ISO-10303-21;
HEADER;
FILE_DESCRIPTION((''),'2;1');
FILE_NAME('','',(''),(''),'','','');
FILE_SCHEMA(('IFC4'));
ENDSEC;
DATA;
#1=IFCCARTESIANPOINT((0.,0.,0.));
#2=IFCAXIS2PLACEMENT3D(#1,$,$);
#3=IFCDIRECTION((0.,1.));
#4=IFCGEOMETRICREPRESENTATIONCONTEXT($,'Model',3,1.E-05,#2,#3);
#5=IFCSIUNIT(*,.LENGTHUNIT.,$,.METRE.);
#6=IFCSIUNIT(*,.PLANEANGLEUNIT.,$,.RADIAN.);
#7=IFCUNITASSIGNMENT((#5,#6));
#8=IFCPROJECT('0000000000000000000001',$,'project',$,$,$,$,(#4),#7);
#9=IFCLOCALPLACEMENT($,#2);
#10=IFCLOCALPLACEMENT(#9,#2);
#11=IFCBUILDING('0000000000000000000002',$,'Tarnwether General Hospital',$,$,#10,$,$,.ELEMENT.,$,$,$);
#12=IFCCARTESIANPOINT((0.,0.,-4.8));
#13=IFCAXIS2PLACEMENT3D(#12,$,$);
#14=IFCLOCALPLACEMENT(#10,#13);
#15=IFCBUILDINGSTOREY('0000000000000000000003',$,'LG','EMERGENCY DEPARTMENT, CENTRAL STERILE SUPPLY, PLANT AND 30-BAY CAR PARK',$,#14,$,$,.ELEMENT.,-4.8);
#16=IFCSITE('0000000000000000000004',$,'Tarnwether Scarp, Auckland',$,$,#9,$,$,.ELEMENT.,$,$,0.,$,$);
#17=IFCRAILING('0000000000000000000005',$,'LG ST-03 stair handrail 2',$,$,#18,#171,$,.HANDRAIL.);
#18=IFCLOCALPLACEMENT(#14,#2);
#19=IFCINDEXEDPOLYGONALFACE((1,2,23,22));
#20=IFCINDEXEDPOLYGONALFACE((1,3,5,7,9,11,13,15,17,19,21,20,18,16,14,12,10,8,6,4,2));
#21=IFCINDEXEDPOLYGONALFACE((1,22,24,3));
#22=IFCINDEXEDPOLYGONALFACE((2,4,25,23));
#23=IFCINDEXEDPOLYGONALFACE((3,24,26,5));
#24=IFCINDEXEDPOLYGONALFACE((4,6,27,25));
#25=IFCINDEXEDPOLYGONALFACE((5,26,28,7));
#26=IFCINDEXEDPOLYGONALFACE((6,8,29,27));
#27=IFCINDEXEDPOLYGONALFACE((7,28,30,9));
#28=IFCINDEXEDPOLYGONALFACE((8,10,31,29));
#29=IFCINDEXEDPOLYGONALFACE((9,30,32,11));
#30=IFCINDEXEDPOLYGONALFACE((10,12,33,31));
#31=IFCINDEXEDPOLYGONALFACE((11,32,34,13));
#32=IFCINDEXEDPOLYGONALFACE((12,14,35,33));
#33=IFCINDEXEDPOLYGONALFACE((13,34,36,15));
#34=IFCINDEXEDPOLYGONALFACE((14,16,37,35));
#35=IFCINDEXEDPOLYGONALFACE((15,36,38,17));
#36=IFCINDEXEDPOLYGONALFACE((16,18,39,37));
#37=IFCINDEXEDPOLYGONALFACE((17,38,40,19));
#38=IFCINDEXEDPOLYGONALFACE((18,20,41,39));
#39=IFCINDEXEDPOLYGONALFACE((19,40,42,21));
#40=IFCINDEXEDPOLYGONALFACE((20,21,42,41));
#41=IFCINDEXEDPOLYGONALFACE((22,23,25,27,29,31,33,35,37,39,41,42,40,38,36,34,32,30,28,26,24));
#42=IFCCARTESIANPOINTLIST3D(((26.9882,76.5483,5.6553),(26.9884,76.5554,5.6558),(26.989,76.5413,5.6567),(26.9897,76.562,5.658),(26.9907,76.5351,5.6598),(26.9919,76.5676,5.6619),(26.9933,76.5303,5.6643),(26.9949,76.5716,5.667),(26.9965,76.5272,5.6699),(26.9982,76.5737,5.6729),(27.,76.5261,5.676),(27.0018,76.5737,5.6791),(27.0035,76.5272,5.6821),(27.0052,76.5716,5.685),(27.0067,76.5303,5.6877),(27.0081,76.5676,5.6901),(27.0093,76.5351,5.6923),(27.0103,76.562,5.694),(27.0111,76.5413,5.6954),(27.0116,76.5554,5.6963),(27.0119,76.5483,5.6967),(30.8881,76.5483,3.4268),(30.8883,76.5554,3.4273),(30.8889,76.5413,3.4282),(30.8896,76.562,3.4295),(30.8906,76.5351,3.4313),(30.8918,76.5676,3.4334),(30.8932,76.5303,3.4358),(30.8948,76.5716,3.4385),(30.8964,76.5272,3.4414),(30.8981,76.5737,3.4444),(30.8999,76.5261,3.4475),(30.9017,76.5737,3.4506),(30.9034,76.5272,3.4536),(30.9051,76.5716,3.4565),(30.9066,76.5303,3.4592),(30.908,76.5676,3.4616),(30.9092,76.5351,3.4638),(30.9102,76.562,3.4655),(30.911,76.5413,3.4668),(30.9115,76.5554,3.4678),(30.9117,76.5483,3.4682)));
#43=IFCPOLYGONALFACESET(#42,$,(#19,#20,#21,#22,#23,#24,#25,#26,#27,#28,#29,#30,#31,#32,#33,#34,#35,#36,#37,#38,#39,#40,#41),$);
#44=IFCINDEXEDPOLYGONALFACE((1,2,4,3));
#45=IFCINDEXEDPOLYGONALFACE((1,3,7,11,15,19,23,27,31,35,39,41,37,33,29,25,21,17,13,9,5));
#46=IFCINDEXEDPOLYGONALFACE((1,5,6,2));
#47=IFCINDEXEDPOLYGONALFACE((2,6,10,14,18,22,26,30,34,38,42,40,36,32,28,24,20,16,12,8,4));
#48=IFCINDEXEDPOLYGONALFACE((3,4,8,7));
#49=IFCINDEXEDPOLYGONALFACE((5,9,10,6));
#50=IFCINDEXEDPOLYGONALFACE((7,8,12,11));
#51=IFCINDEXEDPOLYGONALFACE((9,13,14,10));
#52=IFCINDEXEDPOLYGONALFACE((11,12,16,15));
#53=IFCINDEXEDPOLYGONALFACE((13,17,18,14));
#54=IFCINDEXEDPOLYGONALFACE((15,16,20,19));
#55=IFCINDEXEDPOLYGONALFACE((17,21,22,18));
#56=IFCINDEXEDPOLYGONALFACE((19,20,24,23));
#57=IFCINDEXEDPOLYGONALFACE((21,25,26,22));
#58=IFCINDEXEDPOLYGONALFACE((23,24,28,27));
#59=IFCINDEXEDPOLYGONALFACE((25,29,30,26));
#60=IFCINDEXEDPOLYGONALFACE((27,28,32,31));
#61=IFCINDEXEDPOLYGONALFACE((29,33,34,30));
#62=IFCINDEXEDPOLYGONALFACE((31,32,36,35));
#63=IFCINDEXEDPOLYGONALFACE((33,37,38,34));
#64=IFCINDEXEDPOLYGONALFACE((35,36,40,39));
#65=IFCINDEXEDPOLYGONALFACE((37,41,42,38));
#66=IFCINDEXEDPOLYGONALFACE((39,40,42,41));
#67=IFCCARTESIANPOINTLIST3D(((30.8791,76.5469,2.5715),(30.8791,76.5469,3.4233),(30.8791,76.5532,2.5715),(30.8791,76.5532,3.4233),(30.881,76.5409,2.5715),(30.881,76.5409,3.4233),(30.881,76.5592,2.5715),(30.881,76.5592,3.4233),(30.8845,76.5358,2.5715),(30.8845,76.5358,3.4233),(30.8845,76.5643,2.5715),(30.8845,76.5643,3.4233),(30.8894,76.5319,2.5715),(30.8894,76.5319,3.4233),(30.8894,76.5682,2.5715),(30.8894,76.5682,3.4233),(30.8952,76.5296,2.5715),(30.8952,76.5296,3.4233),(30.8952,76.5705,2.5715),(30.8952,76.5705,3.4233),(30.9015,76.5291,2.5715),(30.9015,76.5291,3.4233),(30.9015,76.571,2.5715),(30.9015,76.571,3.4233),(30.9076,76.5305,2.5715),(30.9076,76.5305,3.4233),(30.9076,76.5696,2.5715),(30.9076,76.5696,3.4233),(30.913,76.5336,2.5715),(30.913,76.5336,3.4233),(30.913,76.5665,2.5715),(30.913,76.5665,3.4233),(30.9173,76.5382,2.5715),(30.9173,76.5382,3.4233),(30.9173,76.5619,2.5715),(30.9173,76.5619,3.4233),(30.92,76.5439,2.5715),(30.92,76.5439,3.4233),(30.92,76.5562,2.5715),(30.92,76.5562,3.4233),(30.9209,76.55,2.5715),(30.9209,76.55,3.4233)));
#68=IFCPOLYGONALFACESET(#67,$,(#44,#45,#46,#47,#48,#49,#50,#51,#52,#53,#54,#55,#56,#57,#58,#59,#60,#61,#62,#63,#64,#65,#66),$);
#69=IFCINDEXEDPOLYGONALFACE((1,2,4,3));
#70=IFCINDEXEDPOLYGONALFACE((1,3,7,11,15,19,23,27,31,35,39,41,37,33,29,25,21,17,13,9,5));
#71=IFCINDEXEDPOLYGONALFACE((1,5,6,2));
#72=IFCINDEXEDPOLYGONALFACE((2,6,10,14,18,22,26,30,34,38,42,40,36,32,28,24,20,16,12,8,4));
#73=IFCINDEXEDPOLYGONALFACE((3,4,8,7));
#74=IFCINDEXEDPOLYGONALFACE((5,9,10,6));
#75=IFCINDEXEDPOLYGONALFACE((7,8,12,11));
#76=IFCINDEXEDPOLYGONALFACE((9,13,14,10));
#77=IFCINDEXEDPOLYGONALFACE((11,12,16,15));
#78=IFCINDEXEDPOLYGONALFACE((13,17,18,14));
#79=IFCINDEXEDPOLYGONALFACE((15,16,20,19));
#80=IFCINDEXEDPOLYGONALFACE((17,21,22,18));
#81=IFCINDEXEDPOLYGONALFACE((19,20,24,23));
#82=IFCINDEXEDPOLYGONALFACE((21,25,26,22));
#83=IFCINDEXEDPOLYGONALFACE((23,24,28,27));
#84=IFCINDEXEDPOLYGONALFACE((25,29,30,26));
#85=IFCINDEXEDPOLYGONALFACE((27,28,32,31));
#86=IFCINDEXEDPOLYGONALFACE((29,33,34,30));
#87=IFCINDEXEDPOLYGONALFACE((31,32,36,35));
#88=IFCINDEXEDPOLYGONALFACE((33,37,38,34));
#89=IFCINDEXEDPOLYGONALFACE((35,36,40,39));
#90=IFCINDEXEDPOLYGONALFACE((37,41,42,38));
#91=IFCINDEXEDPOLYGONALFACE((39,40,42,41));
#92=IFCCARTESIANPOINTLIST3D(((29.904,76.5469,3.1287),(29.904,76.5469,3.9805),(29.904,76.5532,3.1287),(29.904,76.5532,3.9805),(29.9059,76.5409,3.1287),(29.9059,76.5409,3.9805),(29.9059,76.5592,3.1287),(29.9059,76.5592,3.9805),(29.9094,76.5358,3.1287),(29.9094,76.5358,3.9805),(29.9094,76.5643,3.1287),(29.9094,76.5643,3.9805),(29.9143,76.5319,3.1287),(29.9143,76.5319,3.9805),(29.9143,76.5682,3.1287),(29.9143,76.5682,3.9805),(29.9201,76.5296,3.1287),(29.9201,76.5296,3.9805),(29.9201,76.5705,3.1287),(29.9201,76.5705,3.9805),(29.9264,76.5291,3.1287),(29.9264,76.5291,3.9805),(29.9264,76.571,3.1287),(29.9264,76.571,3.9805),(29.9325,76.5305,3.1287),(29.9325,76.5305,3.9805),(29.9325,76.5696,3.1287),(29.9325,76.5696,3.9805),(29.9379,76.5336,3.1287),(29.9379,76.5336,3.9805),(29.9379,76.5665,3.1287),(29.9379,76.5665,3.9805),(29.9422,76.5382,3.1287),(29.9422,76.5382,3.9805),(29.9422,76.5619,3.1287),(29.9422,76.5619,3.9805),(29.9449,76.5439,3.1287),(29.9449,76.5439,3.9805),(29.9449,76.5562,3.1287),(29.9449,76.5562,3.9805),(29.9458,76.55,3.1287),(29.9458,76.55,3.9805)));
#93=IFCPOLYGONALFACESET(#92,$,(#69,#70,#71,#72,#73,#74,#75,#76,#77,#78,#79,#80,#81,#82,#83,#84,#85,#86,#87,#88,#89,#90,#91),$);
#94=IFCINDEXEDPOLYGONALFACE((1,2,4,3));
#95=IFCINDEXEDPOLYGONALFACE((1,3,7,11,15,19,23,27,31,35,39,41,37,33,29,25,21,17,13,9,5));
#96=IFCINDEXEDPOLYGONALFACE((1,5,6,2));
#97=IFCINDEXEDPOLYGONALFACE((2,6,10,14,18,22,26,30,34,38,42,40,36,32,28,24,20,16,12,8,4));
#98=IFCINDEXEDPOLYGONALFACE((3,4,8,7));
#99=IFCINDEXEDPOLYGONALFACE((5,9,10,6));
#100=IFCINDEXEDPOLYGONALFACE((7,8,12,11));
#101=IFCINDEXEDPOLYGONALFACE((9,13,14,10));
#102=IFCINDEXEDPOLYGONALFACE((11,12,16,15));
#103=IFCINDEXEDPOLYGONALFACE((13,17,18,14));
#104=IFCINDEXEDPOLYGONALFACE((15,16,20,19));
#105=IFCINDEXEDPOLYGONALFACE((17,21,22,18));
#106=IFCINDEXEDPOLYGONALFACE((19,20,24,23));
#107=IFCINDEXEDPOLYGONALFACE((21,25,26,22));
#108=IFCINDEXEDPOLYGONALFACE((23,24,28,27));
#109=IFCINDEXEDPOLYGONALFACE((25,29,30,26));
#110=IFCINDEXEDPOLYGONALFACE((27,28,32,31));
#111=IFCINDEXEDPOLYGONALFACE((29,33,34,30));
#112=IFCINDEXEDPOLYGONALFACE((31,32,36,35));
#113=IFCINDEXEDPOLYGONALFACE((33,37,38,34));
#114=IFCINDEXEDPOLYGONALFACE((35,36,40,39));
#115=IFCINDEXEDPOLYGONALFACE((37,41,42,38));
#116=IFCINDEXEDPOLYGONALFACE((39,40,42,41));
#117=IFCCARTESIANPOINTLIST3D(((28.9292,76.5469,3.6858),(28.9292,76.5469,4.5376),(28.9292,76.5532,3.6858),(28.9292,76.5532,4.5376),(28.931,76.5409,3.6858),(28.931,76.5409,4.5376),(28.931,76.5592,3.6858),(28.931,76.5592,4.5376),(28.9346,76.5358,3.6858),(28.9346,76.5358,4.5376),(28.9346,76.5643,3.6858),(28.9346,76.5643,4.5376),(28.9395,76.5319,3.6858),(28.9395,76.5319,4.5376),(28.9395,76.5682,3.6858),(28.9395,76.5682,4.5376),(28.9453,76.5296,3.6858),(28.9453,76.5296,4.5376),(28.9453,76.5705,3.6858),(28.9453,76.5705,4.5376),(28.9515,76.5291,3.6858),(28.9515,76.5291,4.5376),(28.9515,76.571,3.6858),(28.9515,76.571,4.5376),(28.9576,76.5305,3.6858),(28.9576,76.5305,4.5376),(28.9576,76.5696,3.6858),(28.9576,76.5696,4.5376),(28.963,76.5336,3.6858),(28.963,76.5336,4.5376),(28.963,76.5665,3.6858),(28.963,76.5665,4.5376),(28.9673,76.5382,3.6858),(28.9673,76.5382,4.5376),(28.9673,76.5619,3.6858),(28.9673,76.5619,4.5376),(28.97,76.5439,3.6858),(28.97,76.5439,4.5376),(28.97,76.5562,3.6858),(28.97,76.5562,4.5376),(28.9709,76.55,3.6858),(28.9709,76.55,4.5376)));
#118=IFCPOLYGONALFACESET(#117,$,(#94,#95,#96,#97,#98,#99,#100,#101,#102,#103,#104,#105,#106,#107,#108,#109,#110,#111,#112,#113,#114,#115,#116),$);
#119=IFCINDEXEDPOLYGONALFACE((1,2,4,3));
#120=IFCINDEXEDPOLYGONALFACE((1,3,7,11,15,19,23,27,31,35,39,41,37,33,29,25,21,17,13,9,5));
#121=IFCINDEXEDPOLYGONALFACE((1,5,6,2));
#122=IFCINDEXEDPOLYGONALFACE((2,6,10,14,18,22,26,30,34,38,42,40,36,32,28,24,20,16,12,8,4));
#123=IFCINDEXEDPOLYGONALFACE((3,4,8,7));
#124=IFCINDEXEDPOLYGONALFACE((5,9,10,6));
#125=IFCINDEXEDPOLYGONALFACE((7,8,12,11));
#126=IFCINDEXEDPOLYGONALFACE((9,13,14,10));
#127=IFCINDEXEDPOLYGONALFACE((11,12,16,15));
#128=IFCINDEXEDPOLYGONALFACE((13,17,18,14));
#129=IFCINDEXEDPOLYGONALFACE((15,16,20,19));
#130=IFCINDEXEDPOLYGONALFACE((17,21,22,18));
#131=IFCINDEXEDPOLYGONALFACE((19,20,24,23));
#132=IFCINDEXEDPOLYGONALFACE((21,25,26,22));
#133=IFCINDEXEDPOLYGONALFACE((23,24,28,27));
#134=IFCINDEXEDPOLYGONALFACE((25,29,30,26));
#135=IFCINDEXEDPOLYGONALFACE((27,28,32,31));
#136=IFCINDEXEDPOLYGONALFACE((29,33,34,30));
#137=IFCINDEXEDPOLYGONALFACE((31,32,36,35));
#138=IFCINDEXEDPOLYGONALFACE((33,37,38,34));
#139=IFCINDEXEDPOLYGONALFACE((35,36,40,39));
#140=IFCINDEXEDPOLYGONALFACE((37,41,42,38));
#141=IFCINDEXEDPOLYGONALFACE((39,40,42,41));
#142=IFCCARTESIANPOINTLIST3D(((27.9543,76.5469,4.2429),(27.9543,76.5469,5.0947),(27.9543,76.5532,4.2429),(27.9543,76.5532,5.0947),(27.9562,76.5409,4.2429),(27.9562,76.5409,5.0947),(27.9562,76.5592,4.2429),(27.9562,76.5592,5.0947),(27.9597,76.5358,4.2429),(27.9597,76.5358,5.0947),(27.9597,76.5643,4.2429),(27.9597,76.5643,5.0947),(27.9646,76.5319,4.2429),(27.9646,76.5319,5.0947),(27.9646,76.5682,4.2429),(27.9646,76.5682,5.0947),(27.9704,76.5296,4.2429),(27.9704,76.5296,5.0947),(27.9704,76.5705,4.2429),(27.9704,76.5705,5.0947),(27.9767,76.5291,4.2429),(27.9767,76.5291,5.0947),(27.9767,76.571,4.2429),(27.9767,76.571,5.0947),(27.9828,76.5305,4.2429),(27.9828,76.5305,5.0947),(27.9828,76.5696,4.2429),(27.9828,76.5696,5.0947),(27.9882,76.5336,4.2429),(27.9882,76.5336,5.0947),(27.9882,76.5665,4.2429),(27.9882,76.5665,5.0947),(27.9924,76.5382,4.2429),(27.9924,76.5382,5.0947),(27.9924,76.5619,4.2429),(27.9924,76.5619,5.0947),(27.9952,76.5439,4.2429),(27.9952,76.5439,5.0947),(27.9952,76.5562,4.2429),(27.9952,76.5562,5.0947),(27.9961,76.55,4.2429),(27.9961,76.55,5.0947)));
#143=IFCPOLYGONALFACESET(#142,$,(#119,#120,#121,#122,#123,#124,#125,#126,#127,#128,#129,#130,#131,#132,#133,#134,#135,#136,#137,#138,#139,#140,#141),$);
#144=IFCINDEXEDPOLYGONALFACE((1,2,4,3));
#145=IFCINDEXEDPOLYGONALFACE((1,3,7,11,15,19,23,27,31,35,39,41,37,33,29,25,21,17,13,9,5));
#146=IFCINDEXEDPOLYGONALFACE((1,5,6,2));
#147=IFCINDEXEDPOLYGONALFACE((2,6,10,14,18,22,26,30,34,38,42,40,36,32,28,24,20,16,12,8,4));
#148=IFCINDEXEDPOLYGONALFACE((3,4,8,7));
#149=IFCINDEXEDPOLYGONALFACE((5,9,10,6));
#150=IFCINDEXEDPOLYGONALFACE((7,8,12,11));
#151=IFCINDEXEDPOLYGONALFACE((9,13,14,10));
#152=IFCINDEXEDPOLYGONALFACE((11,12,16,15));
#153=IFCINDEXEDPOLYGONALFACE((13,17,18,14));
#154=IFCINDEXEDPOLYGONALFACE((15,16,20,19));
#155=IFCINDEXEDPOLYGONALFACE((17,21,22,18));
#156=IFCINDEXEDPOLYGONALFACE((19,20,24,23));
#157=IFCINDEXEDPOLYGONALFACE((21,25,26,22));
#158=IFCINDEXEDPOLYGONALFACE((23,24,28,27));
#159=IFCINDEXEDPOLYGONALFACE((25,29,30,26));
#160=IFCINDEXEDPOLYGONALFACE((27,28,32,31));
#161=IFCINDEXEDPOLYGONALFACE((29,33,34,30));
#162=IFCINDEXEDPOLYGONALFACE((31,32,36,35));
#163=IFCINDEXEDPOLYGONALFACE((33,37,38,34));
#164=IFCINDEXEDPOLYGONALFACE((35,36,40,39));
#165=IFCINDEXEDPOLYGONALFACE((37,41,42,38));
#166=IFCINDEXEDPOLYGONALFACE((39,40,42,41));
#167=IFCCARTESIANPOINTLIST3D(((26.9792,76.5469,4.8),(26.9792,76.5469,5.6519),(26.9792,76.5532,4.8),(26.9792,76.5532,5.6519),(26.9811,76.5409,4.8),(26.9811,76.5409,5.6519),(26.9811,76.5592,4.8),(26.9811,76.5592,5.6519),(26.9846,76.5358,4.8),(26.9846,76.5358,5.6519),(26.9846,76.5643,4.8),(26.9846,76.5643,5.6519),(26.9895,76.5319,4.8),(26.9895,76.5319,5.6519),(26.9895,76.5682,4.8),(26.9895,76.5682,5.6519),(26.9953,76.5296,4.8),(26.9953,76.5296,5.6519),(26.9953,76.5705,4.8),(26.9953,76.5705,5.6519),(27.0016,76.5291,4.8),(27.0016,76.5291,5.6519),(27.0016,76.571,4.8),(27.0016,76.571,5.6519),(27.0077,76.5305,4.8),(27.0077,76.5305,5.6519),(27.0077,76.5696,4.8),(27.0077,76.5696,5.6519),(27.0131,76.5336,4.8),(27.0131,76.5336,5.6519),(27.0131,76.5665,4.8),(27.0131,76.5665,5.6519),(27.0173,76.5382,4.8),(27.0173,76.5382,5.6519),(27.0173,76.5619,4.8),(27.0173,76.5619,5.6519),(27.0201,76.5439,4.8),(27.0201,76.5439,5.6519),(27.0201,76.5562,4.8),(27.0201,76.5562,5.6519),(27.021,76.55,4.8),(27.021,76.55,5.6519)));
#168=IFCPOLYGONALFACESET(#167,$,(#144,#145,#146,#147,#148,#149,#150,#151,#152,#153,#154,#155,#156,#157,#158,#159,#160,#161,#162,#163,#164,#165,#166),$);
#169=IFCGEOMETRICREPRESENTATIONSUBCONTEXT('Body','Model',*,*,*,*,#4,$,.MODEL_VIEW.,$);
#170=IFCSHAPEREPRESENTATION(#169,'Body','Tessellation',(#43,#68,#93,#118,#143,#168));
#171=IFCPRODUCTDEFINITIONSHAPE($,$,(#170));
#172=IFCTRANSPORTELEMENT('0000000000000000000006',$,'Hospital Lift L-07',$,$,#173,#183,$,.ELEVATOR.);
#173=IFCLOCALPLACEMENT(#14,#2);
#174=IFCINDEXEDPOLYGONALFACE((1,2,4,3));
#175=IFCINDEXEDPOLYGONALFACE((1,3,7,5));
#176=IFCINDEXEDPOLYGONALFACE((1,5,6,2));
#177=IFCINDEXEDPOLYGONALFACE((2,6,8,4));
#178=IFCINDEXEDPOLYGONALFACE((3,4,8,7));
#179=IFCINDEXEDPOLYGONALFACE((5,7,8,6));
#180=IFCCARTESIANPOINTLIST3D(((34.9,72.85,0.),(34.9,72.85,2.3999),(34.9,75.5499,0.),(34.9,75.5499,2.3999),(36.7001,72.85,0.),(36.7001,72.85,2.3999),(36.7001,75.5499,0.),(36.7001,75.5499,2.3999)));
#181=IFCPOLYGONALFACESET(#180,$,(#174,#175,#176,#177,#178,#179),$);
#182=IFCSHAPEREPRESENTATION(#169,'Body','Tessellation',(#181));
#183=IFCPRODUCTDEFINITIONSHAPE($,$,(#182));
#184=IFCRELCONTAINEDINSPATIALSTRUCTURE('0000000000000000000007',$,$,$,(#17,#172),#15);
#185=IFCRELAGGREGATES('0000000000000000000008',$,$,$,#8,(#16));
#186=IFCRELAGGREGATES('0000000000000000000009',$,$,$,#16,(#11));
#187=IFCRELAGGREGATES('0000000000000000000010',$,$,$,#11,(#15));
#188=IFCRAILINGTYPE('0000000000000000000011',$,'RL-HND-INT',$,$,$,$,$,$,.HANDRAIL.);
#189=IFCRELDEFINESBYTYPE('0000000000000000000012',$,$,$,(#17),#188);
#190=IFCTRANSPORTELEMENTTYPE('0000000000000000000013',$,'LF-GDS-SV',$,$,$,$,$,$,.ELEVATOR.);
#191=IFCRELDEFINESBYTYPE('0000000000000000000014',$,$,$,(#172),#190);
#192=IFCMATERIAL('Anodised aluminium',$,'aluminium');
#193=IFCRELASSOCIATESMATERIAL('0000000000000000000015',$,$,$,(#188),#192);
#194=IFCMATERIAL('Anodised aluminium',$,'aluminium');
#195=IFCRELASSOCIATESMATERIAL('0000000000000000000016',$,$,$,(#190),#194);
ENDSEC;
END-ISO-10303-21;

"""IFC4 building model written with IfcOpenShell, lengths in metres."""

from ifc_helpers import new_model, si_unit, direction, frame, origin, origin_2d, place, context, subcontext, project, spatial, rectangle, circle, extrude, material, type_object, element, save


model = new_model("IFC4")

# Units and contexts
model_context = context("Model", 3, precision=1e-05, world=origin(), true_north=direction((0.0, 1.0)))
body_context = subcontext(model_context, "Body", "Model", "MODEL_VIEW")
ifc_project = project(units=[si_unit("LENGTHUNIT", "METRE"), si_unit("PLANEANGLEUNIT", "RADIAN")], contexts=[model_context])

# Site, building, storey
site_placement = place(None, origin())
site = spatial("IfcSite", under=ifc_project, at=site_placement, Name="Tarnwether Scarp, Auckland", CompositionType="ELEMENT", RefElevation=0.0)
building_placement = place(site_placement, origin())
building = spatial("IfcBuilding", under=site, at=building_placement, Name="Tarnwether General Hospital", CompositionType="ELEMENT")
storey_placement = place(building_placement, frame((0.0, 0.0, -4.8)))
storey = spatial("IfcBuildingStorey", under=building, at=storey_placement, Name="LG", Description="EMERGENCY DEPARTMENT, CENTRAL STERILE SUPPLY, PLANT AND 30-BAY CAR PARK", CompositionType="ELEMENT", Elevation=-4.8)

# Railing
ifc_material_1 = material(Name="Anodised aluminium", Category="aluminium")
railing_type_1 = type_object("IfcRailingType", Name="RL-HND-INT", PredefinedType="HANDRAIL", material=ifc_material_1)
railing_1_placement = place(storey_placement, frame((30.8999, 76.55, 2.5715)))
element("IfcRailing", 1, at=railing_1_placement, inside=storey, type_object=railing_type_1, Name="LG ST-03 stair handrail 2", PredefinedType="HANDRAIL", context=body_context, shape_type="SweptSolid", body=[
    extrude(circle(Radius=0.0239, at=origin_2d()), frame((0.0, 0.0, 0.876), z_axis=(-0.868243, 0.0, 0.496139), x_axis=(0.0, -1.0, 0.0)), (0.0, 0.0, 1.0), 4.4917),
    extrude(circle(Radius=0.021, at=origin_2d()), origin(), (0.0, 0.0, 1.0), 0.8518),
    extrude(circle(Radius=0.021, at=origin_2d()), frame((-0.9751, 0.0, 0.5571)), (0.0, 0.0, 1.0), 0.8518),
    extrude(circle(Radius=0.021, at=origin_2d()), frame((-1.95, 0.0, 1.1143)), (0.0, 0.0, 1.0), 0.8518),
    extrude(circle(Radius=0.021, at=origin_2d()), frame((-2.9248, 0.0, 1.6714)), (0.0, 0.0, 1.0), 0.8518),
    extrude(circle(Radius=0.021, at=origin_2d()), frame((-3.8999, 0.0, 2.2285)), (0.0, 0.0, 1.0), 0.8518),
])

# Transport element
ifc_material_2 = material(Name="Anodised aluminium", Category="aluminium")
transport_element_type = type_object("IfcTransportElementType", Name="LF-GDS-SV", PredefinedType="ELEVATOR", material=ifc_material_2)
transport_element_placement = place(storey_placement, frame((35.8, 74.2, 0.0), z_axis=(0.0, 0.0, 1.0), x_axis=(1.0, 0.0, 0.0)))
element("IfcTransportElement", 2, at=transport_element_placement, inside=storey, type_object=transport_element_type, Name="Hospital Lift L-07", PredefinedType="ELEVATOR", context=body_context, shape_type="SweptSolid", body=[
    extrude(rectangle(XDim=1.8, YDim=2.7, at=origin_2d()), origin(), (0.0, 0.0, 1.0), 2.3999),
])

save(model, "model.ifc")
